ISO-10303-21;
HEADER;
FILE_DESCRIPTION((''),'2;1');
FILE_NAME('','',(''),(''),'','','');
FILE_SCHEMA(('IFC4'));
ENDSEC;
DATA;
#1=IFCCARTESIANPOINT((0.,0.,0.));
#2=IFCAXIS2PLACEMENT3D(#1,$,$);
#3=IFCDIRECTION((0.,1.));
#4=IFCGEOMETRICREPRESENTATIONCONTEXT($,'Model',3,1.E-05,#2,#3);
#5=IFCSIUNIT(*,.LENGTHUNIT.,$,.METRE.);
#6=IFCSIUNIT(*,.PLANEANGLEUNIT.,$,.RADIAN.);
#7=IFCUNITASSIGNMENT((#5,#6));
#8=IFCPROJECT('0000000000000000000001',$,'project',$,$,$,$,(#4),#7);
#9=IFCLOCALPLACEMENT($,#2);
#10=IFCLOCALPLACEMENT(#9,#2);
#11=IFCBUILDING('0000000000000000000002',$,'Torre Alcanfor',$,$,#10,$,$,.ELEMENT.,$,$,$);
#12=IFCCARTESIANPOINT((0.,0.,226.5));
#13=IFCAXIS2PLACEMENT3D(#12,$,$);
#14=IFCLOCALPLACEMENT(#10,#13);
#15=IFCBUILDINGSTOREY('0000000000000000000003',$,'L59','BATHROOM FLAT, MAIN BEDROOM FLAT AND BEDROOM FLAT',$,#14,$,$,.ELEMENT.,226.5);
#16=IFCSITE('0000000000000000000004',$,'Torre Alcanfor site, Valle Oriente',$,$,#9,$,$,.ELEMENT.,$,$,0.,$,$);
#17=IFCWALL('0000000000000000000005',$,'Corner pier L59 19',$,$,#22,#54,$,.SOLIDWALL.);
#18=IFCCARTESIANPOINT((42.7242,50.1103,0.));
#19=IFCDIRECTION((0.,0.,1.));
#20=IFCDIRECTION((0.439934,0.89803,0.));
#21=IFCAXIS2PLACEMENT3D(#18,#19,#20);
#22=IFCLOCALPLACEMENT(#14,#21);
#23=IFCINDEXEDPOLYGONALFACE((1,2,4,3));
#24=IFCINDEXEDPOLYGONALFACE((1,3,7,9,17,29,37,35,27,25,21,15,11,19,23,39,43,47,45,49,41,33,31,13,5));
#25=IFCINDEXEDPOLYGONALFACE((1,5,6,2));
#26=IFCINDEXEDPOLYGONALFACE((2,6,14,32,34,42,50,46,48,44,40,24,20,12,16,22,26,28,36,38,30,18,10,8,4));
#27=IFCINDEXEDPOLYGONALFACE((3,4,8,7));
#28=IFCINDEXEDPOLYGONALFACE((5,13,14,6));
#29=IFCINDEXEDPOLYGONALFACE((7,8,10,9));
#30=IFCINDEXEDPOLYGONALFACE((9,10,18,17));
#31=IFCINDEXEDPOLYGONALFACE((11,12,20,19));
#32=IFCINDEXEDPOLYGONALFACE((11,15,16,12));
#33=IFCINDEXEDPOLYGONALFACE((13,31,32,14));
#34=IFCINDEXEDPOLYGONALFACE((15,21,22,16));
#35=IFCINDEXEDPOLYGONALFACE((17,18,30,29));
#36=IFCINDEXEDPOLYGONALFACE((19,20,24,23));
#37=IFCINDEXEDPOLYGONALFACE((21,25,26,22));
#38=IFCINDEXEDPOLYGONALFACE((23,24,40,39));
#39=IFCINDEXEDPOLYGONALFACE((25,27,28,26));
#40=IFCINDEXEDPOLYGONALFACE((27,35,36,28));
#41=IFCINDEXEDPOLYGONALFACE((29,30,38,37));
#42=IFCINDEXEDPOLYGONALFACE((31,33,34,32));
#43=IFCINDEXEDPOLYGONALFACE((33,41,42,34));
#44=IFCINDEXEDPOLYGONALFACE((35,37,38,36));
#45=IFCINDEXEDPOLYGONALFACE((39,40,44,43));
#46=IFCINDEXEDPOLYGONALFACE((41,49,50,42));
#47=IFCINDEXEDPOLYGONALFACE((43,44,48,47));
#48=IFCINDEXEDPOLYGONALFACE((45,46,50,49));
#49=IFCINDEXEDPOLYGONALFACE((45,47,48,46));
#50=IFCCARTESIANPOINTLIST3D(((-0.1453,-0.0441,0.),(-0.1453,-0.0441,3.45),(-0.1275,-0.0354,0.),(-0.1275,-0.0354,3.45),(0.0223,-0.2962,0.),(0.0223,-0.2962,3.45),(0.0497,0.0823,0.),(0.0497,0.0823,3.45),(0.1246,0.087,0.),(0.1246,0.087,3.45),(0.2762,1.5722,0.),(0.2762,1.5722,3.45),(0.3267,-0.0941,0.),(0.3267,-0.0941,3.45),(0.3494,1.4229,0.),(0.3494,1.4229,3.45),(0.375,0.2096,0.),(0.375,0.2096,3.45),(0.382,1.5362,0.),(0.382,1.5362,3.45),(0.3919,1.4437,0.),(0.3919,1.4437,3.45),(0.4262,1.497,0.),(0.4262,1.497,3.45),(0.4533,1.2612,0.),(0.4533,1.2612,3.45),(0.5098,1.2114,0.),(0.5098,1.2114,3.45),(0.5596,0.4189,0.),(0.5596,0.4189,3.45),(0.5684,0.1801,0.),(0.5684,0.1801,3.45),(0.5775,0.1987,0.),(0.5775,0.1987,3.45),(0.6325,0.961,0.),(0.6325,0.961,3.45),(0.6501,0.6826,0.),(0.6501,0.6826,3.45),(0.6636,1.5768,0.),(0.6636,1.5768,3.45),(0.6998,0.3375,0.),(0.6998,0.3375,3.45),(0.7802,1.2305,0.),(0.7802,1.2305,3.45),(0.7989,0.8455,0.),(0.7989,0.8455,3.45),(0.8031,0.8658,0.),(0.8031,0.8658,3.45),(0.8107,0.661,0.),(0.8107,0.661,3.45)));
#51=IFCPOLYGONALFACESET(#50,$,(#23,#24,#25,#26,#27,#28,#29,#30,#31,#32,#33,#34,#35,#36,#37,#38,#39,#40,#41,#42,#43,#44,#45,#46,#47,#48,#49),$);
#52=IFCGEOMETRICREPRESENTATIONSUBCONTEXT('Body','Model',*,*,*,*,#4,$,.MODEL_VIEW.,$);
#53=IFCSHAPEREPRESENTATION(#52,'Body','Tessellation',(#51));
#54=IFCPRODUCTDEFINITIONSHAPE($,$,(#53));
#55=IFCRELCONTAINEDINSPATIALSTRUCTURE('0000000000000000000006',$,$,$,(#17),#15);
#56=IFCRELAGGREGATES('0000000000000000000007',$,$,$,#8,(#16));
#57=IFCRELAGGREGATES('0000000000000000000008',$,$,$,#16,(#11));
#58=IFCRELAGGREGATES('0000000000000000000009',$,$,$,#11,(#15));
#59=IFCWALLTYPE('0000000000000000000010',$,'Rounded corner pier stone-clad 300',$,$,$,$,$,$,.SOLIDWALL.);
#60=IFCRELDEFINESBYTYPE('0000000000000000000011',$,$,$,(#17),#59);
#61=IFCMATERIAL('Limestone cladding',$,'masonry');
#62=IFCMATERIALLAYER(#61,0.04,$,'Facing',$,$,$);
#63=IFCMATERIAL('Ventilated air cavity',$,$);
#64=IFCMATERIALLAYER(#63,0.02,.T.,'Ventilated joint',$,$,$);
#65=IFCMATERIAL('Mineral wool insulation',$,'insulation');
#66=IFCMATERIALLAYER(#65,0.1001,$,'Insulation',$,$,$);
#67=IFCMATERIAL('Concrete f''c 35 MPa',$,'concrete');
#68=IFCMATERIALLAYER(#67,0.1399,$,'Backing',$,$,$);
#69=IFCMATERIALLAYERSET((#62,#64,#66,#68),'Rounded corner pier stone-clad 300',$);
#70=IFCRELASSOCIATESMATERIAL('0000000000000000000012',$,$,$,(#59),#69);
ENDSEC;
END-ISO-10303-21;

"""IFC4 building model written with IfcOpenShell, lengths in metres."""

from ifc_helpers import new_model, si_unit, direction, frame, origin, place, context, subcontext, project, spatial, polyline, outline, extrude, material, layer, layer_set, type_object, element, save


model = new_model("IFC4")

# Units and contexts
model_context = context("Model", 3, precision=1e-05, world=origin(), true_north=direction((0.0, 1.0)))
body_context = subcontext(model_context, "Body", "Model", "MODEL_VIEW")
ifc_project = project(units=[si_unit("LENGTHUNIT", "METRE"), si_unit("PLANEANGLEUNIT", "RADIAN")], contexts=[model_context])

# Site, building, storey
site_placement = place(None, origin())
site = spatial("IfcSite", under=ifc_project, at=site_placement, Name="Torre Alcanfor site, Valle Oriente", CompositionType="ELEMENT", RefElevation=0.0)
building_placement = place(site_placement, origin())
building = spatial("IfcBuilding", under=site, at=building_placement, Name="Torre Alcanfor", CompositionType="ELEMENT")
storey_placement = place(building_placement, frame((0.0, 0.0, 226.5)))
storey = spatial("IfcBuildingStorey", under=building, at=storey_placement, Name="L59", Description="BATHROOM FLAT, MAIN BEDROOM FLAT AND BEDROOM FLAT", CompositionType="ELEMENT", Elevation=226.5)

# Shared definitions
ifc_material_1 = material(Name="Limestone cladding", Category="masonry")
ifc_material_2 = material(Name="Ventilated air cavity")
ifc_material_3 = material(Name="Mineral wool insulation", Category="insulation")
ifc_material_4 = material(Name="Concrete f'c 35 MPa", Category="concrete")

# Wall
ifc_layer_1 = layer(ifc_material_1, 0.04, Name="Facing")
ifc_layer_2 = layer(ifc_material_2, 0.02, ventilated=True, Name="Ventilated joint")
ifc_layer_3 = layer(ifc_material_3, 0.1001, Name="Insulation")
ifc_layer_4 = layer(ifc_material_4, 0.1399, Name="Backing")
ifc_layer_set_1 = layer_set([ifc_layer_1, ifc_layer_2, ifc_layer_3, ifc_layer_4], Name="Rounded corner pier stone-clad 300")
wall_type_1 = type_object("IfcWallType", Name="Rounded corner pier stone-clad 300", PredefinedType="SOLIDWALL", material=ifc_layer_set_1)
wall_1_placement = place(storey_placement, frame((42.7242, 50.1103, 0.0), z_axis=(0.0, 0.0, 1.0), x_axis=(0.439934, 0.89803, 0.0)))
element("IfcWall", 1, at=wall_1_placement, inside=storey, type_object=wall_type_1, Name="Corner pier L59 19", PredefinedType="SOLIDWALL", context=body_context, shape_type="SweptSolid", body=[
    extrude(outline(polyline([(-0.1453, -0.0441), (0.0223, -0.2962), (0.3267, -0.0941), (0.5684, 0.1801), (0.5775, 0.1987), (0.6998, 0.3375), (0.8107, 0.661), (0.7989, 0.8455), (0.8031, 0.8658), (0.7802, 1.2305), (0.6636, 1.5768), (0.4262, 1.497), (0.382, 1.5362), (0.2762, 1.5722), (0.3494, 1.4229), (0.3919, 1.4437), (0.4533, 1.2612), (0.5098, 1.2114), (0.6325, 0.961), (0.6501, 0.6826), (0.5596, 0.4189), (0.375, 0.2096), (0.1246, 0.087), (0.0497, 0.0823), (-0.1275, -0.0354), (-0.1453, -0.0441)])), origin(), (0.0, 0.0, 1.0), 3.45),
])

save(model, "model.ifc")
